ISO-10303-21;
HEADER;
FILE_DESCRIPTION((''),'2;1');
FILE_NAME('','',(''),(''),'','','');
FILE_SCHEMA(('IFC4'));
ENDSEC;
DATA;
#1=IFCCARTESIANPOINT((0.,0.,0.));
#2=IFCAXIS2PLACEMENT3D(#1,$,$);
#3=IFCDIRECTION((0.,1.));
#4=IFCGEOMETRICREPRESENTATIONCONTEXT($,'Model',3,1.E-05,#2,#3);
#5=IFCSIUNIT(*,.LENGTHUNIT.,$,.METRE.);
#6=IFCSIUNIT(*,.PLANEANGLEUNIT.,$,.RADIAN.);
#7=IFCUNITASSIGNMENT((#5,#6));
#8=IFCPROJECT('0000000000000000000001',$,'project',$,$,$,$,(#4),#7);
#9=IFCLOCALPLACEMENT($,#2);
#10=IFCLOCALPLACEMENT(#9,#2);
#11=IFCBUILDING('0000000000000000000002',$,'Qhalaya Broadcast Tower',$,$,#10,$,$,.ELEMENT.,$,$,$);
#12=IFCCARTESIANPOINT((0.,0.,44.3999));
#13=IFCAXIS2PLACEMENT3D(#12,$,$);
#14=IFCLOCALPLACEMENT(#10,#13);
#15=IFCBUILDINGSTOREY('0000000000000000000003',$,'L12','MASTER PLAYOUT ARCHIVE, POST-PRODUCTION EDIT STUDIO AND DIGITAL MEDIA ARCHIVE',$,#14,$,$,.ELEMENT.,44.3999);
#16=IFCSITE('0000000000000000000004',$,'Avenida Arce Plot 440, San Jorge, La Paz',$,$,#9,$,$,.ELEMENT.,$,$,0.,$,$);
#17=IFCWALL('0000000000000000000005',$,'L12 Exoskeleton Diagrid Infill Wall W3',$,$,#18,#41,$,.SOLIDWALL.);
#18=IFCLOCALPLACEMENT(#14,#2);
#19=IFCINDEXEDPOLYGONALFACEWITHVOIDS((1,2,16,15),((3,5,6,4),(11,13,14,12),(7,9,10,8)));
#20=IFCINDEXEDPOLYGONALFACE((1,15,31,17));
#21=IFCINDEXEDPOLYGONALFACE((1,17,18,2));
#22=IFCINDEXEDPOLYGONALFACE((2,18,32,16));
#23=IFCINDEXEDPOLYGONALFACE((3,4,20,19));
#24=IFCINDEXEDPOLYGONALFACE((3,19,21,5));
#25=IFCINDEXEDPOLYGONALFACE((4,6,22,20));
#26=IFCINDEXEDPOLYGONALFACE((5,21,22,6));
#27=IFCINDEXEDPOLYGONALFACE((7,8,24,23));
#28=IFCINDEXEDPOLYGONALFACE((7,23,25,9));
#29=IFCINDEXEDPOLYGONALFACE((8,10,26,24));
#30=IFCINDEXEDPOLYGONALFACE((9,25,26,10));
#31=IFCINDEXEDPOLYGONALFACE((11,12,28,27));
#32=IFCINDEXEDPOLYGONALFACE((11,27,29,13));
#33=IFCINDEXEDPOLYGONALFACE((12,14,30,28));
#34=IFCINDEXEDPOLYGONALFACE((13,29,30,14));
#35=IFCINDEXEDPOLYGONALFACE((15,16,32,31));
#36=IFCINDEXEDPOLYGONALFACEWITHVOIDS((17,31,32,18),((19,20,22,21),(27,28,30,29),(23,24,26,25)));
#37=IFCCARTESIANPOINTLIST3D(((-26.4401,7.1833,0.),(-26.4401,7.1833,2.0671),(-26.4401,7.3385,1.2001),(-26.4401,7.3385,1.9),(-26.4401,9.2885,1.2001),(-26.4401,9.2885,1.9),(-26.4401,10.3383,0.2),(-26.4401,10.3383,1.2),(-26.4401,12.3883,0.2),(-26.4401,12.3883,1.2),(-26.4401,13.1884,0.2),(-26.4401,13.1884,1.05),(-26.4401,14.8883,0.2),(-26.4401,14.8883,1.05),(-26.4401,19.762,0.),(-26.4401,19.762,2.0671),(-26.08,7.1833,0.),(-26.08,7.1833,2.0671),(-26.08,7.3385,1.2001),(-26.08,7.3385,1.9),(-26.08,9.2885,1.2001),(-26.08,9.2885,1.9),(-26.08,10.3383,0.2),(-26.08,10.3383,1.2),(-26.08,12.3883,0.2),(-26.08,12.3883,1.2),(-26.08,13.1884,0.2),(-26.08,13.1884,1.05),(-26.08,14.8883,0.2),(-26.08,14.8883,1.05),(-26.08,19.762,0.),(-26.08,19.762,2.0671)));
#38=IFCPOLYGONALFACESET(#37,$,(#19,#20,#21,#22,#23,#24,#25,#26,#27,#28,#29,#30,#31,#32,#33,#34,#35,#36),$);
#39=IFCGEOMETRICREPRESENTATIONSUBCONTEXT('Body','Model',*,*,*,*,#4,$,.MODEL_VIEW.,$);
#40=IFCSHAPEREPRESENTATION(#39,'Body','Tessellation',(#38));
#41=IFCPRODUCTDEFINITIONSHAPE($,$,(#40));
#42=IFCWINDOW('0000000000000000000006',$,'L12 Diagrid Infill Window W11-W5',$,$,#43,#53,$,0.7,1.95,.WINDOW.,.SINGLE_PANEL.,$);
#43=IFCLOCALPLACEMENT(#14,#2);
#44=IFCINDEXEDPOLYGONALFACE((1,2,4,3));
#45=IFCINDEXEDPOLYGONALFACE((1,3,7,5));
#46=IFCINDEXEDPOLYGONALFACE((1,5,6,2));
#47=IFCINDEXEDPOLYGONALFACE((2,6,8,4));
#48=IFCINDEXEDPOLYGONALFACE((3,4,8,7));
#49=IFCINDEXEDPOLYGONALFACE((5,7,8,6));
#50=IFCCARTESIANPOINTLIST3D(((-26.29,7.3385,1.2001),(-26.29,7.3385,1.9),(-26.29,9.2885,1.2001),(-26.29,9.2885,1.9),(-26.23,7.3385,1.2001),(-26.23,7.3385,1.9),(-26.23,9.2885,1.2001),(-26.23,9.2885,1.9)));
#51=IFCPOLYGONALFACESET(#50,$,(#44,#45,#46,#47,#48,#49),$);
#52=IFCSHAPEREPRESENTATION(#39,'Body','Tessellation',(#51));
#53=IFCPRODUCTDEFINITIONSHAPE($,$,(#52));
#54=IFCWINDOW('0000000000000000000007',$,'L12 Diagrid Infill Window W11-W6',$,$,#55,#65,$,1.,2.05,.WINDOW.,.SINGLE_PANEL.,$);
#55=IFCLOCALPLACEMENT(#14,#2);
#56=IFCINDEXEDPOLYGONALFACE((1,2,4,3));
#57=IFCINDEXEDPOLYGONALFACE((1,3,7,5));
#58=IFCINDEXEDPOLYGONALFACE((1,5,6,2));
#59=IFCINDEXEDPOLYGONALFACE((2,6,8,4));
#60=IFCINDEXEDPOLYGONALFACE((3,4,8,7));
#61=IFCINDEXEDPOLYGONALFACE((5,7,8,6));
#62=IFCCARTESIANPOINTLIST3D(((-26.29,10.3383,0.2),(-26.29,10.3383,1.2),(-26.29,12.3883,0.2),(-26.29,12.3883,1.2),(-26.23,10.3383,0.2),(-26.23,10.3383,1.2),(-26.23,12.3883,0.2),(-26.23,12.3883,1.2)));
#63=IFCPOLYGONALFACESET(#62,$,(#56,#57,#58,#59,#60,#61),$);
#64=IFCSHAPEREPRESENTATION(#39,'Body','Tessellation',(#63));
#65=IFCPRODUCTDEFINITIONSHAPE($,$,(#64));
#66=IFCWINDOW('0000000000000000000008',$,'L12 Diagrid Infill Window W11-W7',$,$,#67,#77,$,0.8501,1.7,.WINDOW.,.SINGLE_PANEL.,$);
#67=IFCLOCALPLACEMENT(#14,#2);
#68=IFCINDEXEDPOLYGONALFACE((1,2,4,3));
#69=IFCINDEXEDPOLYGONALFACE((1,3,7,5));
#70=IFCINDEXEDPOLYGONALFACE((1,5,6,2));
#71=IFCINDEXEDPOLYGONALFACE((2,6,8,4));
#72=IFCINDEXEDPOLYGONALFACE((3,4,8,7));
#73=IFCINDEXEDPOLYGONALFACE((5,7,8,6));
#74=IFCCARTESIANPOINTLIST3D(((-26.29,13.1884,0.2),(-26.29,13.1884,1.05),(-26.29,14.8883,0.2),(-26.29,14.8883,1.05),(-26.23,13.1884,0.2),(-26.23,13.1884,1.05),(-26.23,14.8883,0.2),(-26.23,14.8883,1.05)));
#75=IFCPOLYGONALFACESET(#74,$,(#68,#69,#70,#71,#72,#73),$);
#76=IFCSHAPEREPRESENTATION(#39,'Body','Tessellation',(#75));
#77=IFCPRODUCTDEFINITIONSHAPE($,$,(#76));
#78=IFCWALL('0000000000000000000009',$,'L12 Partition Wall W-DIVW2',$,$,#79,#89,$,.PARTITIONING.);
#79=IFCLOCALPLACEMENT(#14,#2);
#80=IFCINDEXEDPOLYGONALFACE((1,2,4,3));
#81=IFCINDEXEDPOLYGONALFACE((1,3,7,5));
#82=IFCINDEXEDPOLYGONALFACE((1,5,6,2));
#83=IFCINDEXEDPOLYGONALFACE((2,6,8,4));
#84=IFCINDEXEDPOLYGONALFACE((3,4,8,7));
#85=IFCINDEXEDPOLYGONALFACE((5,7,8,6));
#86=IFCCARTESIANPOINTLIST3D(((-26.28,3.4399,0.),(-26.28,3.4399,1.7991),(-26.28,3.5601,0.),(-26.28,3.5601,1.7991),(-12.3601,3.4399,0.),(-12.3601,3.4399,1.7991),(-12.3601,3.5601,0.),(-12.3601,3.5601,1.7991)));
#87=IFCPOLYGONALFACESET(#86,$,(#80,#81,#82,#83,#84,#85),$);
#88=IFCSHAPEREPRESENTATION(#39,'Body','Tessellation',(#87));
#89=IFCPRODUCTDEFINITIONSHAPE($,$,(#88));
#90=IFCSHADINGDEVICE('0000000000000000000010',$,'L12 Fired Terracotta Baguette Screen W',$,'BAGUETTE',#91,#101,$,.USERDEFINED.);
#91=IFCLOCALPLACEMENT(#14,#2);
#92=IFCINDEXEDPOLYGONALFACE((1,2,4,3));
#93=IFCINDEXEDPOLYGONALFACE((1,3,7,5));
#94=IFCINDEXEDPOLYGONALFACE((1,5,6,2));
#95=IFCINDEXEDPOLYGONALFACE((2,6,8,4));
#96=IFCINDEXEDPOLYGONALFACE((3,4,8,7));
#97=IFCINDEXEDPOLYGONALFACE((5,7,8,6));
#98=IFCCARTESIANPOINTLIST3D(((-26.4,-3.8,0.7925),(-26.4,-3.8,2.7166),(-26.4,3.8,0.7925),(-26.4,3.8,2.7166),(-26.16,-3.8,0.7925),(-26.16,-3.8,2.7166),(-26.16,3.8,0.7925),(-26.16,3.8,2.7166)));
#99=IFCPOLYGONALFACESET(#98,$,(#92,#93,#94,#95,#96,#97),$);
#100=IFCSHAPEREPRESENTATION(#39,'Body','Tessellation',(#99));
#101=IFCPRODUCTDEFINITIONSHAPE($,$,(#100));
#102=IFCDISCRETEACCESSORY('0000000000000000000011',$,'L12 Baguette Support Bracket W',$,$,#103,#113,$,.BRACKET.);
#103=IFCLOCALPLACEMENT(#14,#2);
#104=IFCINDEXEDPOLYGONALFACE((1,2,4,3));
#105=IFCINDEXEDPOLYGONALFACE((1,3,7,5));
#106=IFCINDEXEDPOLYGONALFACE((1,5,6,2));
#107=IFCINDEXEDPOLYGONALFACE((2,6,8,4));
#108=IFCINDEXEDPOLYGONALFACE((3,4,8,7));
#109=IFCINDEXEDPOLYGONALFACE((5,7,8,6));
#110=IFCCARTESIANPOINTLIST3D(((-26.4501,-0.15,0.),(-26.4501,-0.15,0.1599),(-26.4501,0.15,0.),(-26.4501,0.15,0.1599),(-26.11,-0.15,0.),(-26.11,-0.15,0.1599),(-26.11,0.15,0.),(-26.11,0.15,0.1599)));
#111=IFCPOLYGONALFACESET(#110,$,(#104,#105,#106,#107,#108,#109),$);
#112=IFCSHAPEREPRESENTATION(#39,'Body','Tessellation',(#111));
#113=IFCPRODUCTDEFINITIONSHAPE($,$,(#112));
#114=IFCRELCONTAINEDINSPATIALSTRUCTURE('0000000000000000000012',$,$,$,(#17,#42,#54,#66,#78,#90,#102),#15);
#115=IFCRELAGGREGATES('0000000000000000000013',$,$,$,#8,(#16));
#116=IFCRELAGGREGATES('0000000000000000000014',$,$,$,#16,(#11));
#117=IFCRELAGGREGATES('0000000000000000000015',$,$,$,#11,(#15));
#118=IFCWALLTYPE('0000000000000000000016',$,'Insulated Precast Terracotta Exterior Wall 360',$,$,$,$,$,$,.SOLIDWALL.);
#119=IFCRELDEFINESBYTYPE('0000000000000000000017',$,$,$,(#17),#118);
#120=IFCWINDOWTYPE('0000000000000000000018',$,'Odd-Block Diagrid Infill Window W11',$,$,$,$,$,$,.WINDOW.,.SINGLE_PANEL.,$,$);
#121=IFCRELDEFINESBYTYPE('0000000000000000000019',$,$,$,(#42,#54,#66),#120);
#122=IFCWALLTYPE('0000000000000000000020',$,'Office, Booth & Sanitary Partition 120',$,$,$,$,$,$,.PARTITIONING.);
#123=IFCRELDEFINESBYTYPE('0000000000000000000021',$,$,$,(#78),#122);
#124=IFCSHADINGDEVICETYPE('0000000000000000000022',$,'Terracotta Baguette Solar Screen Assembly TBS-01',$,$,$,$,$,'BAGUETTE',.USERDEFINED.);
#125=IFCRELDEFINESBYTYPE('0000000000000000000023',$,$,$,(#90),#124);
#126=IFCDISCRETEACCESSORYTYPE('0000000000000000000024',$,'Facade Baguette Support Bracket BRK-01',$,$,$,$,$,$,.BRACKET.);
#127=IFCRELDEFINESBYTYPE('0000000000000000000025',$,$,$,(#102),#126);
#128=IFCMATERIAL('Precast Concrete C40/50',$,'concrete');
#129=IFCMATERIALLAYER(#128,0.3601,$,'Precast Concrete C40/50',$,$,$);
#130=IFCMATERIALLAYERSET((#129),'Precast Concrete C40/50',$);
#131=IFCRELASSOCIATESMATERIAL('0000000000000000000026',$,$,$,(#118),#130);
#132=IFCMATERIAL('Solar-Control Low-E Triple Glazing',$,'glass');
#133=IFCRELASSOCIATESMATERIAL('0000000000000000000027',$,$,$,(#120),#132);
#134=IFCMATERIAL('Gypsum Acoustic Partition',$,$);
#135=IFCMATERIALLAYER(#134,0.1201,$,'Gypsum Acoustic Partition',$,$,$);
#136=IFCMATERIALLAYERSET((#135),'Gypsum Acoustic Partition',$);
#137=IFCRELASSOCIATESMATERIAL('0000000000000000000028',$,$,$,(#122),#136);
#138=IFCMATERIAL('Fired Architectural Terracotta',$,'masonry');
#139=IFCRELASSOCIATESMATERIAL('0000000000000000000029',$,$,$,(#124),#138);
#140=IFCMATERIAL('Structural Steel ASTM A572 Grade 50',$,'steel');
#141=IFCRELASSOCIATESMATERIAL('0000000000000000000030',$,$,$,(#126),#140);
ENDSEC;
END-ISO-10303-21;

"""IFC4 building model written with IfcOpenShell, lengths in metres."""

from ifc_helpers import new_model, si_unit, direction, frame, frame_2d, origin, origin_2d, place, context, subcontext, project, spatial, rectangle, extrude, material, layer, layer_set, type_object, element, fill, save


model = new_model("IFC4")

# Units and contexts
model_context = context("Model", 3, precision=1e-05, world=origin(), true_north=direction((0.0, 1.0)))
body_context = subcontext(model_context, "Body", "Model", "MODEL_VIEW")
ifc_project = project(units=[si_unit("LENGTHUNIT", "METRE"), si_unit("PLANEANGLEUNIT", "RADIAN")], contexts=[model_context])

# Site, building, storey
site_placement = place(None, origin())
site = spatial("IfcSite", under=ifc_project, at=site_placement, Name="Avenida Arce Plot 440, San Jorge, La Paz", CompositionType="ELEMENT", RefElevation=0.0)
building_placement = place(site_placement, origin())
building = spatial("IfcBuilding", under=site, at=building_placement, Name="Qhalaya Broadcast Tower", CompositionType="ELEMENT")
storey_placement = place(building_placement, frame((0.0, 0.0, 44.3999)))
storey = spatial("IfcBuildingStorey", under=building, at=storey_placement, Name="L12", Description="MASTER PLAYOUT ARCHIVE, POST-PRODUCTION EDIT STUDIO AND DIGITAL MEDIA ARCHIVE", CompositionType="ELEMENT", Elevation=44.3999)

# Shared definitions
ifc_material_1 = material(Name="Structural Steel ASTM A572 Grade 50", Category="steel")

# Wall, openings, windows
ifc_material_2 = material(Name="Precast Concrete C40/50", Category="concrete")
ifc_layer_1 = layer(ifc_material_2, 0.3601, Name="Precast Concrete C40/50")
ifc_layer_set_1 = layer_set([ifc_layer_1], Name="Precast Concrete C40/50")
wall_type_1 = type_object("IfcWallType", Name="Insulated Precast Terracotta Exterior Wall 360", PredefinedType="SOLIDWALL", material=ifc_layer_set_1)
wall_1_placement = place(storey_placement, frame((-26.26, 7.1833, 0.0), z_axis=(0.0, 0.0, 1.0), x_axis=(0.0, 1.0, 0.0)))
wall_1 = element("IfcWall", 1, at=wall_1_placement, inside=storey, type_object=wall_type_1, Name="L12 Exoskeleton Diagrid Infill Wall W3", PredefinedType="SOLIDWALL", context=body_context, shape_type="SweptSolid", body=[
    extrude(rectangle(XDim=12.5786, YDim=0.3601, at=frame_2d((6.2893, 0.0))), origin(), (0.0, 0.0, 1.0), 2.0671),
])
opening_1_placement = place(wall_1_placement, frame((0.155, 0.0, 1.2)))
opening_1 = element("IfcOpeningElement", 2, at=opening_1_placement, cuts=wall_1, PredefinedType="OPENING", context=body_context, shape_type="SweptSolid", body=[
    extrude(rectangle(XDim=1.95, YDim=0.7, at=frame_2d((0.9751, 0.3501))), frame((0.0, 0.1921, 0.0), z_axis=(0.0, -1.0, 0.0), x_axis=(1.0, 0.0, 0.0)), (0.0, 0.0, 1.0), 0.384),
])
opening_2_placement = place(wall_1_placement, frame((3.155, 0.0, 0.2)))
opening_2 = element("IfcOpeningElement", 3, at=opening_2_placement, cuts=wall_1, PredefinedType="OPENING", context=body_context, shape_type="SweptSolid", body=[
    extrude(rectangle(XDim=2.05, YDim=1.0, at=frame_2d((1.0249, 0.5))), frame((0.0, 0.1921, 0.0), z_axis=(0.0, -1.0, 0.0), x_axis=(1.0, 0.0, 0.0)), (0.0, 0.0, 1.0), 0.384),
])
opening_3_placement = place(wall_1_placement, frame((6.0049, 0.0, 0.2)))
opening_3 = element("IfcOpeningElement", 4, at=opening_3_placement, cuts=wall_1, PredefinedType="OPENING", context=body_context, shape_type="SweptSolid", body=[
    extrude(rectangle(XDim=1.7, YDim=0.8501, at=frame_2d((0.8501, 0.425))), frame((0.0, 0.1921, 0.0), z_axis=(0.0, -1.0, 0.0), x_axis=(1.0, 0.0, 0.0)), (0.0, 0.0, 1.0), 0.384),
])
ifc_material_3 = material(Name="Solar-Control Low-E Triple Glazing", Category="glass")
window_type = type_object("IfcWindowType", Name="Odd-Block Diagrid Infill Window W11", PartitioningType="SINGLE_PANEL", PredefinedType="WINDOW", material=ifc_material_3)
window_1_placement = place(opening_1_placement, origin())
window_1 = element("IfcWindow", 5, at=window_1_placement, inside=storey, type_object=window_type, Name="L12 Diagrid Infill Window W11-W5", OverallHeight=0.7, OverallWidth=1.95, PartitioningType="SINGLE_PANEL", PredefinedType="WINDOW", context=body_context, shape_type="SweptSolid", body=[
    extrude(rectangle(XDim=1.95, YDim=0.7, at=frame_2d((0.9751, 0.3501))), frame((0.0, 0.03, 0.0), z_axis=(0.0, -1.0, 0.0), x_axis=(1.0, 0.0, 0.0)), (0.0, 0.0, 1.0), 0.0601),
])
fill(opening_1, window_1)
window_2_placement = place(opening_2_placement, origin())
window_2 = element("IfcWindow", 6, at=window_2_placement, inside=storey, type_object=window_type, Name="L12 Diagrid Infill Window W11-W6", OverallHeight=1.0, OverallWidth=2.05, PartitioningType="SINGLE_PANEL", PredefinedType="WINDOW", context=body_context, shape_type="SweptSolid", body=[
    extrude(rectangle(XDim=2.05, YDim=1.0, at=frame_2d((1.0249, 0.5))), frame((0.0, 0.03, 0.0), z_axis=(0.0, -1.0, 0.0), x_axis=(1.0, 0.0, 0.0)), (0.0, 0.0, 1.0), 0.0601),
])
fill(opening_2, window_2)
window_3_placement = place(opening_3_placement, origin())
window_3 = element("IfcWindow", 7, at=window_3_placement, inside=storey, type_object=window_type, Name="L12 Diagrid Infill Window W11-W7", OverallHeight=0.8501, OverallWidth=1.7, PartitioningType="SINGLE_PANEL", PredefinedType="WINDOW", context=body_context, shape_type="SweptSolid", body=[
    extrude(rectangle(XDim=1.7, YDim=0.8501, at=frame_2d((0.8501, 0.425))), frame((0.0, 0.03, 0.0), z_axis=(0.0, -1.0, 0.0), x_axis=(1.0, 0.0, 0.0)), (0.0, 0.0, 1.0), 0.0601),
])
fill(opening_3, window_3)

# Wall
ifc_material_4 = material(Name="Gypsum Acoustic Partition")
ifc_layer_2 = layer(ifc_material_4, 0.1201, Name="Gypsum Acoustic Partition")
ifc_layer_set_2 = layer_set([ifc_layer_2], Name="Gypsum Acoustic Partition")
wall_type_2 = type_object("IfcWallType", Name="Office, Booth & Sanitary Partition 120", PredefinedType="PARTITIONING", material=ifc_layer_set_2)
wall_2_placement = place(storey_placement, frame((-26.28, 3.5, 0.0), z_axis=(0.0, 0.0, 1.0), x_axis=(1.0, 0.0, 0.0)))
element("IfcWall", 8, at=wall_2_placement, inside=storey, type_object=wall_type_2, Name="L12 Partition Wall W-DIVW2", PredefinedType="PARTITIONING", context=body_context, shape_type="SweptSolid", body=[
    extrude(rectangle(XDim=13.9199, YDim=0.1201, at=frame_2d((6.96, 0.0))), origin(), (0.0, 0.0, 1.0), 1.7991),
])

# Shading device
ifc_material_5 = material(Name="Fired Architectural Terracotta", Category="masonry")
shading_device_type = type_object("IfcShadingDeviceType", Name="Terracotta Baguette Solar Screen Assembly TBS-01", ElementType="BAGUETTE", PredefinedType="USERDEFINED", material=ifc_material_5)
shading_device_placement = place(storey_placement, frame((-26.28, 0.0, 0.7925), z_axis=(0.0, 0.0, 1.0), x_axis=(0.0, -1.0, 0.0)))
element("IfcShadingDevice", 9, at=shading_device_placement, inside=storey, type_object=shading_device_type, Name="L12 Fired Terracotta Baguette Screen W", ObjectType="BAGUETTE", PredefinedType="USERDEFINED", context=body_context, shape_type="SweptSolid", body=[
    extrude(rectangle(XDim=7.6001, YDim=0.24, at=origin_2d()), origin(), (0.0, 0.0, 1.0), 1.9241),
])

# Discrete accessory
discrete_accessory_type = type_object("IfcDiscreteAccessoryType", Name="Facade Baguette Support Bracket BRK-01", PredefinedType="BRACKET", material=ifc_material_1)
discrete_accessory_placement = place(storey_placement, frame((-26.28, 0.0, 0.0), z_axis=(0.0, 0.0, 1.0), x_axis=(0.0, -1.0, 0.0)))
element("IfcDiscreteAccessory", 10, at=discrete_accessory_placement, inside=storey, type_object=discrete_accessory_type, Name="L12 Baguette Support Bracket W", PredefinedType="BRACKET", context=body_context, shape_type="SweptSolid", body=[
    extrude(rectangle(XDim=0.3, YDim=0.3401, at=origin_2d()), origin(), (0.0, 0.0, 1.0), 0.1599),
])

save(model, "model.ifc")
